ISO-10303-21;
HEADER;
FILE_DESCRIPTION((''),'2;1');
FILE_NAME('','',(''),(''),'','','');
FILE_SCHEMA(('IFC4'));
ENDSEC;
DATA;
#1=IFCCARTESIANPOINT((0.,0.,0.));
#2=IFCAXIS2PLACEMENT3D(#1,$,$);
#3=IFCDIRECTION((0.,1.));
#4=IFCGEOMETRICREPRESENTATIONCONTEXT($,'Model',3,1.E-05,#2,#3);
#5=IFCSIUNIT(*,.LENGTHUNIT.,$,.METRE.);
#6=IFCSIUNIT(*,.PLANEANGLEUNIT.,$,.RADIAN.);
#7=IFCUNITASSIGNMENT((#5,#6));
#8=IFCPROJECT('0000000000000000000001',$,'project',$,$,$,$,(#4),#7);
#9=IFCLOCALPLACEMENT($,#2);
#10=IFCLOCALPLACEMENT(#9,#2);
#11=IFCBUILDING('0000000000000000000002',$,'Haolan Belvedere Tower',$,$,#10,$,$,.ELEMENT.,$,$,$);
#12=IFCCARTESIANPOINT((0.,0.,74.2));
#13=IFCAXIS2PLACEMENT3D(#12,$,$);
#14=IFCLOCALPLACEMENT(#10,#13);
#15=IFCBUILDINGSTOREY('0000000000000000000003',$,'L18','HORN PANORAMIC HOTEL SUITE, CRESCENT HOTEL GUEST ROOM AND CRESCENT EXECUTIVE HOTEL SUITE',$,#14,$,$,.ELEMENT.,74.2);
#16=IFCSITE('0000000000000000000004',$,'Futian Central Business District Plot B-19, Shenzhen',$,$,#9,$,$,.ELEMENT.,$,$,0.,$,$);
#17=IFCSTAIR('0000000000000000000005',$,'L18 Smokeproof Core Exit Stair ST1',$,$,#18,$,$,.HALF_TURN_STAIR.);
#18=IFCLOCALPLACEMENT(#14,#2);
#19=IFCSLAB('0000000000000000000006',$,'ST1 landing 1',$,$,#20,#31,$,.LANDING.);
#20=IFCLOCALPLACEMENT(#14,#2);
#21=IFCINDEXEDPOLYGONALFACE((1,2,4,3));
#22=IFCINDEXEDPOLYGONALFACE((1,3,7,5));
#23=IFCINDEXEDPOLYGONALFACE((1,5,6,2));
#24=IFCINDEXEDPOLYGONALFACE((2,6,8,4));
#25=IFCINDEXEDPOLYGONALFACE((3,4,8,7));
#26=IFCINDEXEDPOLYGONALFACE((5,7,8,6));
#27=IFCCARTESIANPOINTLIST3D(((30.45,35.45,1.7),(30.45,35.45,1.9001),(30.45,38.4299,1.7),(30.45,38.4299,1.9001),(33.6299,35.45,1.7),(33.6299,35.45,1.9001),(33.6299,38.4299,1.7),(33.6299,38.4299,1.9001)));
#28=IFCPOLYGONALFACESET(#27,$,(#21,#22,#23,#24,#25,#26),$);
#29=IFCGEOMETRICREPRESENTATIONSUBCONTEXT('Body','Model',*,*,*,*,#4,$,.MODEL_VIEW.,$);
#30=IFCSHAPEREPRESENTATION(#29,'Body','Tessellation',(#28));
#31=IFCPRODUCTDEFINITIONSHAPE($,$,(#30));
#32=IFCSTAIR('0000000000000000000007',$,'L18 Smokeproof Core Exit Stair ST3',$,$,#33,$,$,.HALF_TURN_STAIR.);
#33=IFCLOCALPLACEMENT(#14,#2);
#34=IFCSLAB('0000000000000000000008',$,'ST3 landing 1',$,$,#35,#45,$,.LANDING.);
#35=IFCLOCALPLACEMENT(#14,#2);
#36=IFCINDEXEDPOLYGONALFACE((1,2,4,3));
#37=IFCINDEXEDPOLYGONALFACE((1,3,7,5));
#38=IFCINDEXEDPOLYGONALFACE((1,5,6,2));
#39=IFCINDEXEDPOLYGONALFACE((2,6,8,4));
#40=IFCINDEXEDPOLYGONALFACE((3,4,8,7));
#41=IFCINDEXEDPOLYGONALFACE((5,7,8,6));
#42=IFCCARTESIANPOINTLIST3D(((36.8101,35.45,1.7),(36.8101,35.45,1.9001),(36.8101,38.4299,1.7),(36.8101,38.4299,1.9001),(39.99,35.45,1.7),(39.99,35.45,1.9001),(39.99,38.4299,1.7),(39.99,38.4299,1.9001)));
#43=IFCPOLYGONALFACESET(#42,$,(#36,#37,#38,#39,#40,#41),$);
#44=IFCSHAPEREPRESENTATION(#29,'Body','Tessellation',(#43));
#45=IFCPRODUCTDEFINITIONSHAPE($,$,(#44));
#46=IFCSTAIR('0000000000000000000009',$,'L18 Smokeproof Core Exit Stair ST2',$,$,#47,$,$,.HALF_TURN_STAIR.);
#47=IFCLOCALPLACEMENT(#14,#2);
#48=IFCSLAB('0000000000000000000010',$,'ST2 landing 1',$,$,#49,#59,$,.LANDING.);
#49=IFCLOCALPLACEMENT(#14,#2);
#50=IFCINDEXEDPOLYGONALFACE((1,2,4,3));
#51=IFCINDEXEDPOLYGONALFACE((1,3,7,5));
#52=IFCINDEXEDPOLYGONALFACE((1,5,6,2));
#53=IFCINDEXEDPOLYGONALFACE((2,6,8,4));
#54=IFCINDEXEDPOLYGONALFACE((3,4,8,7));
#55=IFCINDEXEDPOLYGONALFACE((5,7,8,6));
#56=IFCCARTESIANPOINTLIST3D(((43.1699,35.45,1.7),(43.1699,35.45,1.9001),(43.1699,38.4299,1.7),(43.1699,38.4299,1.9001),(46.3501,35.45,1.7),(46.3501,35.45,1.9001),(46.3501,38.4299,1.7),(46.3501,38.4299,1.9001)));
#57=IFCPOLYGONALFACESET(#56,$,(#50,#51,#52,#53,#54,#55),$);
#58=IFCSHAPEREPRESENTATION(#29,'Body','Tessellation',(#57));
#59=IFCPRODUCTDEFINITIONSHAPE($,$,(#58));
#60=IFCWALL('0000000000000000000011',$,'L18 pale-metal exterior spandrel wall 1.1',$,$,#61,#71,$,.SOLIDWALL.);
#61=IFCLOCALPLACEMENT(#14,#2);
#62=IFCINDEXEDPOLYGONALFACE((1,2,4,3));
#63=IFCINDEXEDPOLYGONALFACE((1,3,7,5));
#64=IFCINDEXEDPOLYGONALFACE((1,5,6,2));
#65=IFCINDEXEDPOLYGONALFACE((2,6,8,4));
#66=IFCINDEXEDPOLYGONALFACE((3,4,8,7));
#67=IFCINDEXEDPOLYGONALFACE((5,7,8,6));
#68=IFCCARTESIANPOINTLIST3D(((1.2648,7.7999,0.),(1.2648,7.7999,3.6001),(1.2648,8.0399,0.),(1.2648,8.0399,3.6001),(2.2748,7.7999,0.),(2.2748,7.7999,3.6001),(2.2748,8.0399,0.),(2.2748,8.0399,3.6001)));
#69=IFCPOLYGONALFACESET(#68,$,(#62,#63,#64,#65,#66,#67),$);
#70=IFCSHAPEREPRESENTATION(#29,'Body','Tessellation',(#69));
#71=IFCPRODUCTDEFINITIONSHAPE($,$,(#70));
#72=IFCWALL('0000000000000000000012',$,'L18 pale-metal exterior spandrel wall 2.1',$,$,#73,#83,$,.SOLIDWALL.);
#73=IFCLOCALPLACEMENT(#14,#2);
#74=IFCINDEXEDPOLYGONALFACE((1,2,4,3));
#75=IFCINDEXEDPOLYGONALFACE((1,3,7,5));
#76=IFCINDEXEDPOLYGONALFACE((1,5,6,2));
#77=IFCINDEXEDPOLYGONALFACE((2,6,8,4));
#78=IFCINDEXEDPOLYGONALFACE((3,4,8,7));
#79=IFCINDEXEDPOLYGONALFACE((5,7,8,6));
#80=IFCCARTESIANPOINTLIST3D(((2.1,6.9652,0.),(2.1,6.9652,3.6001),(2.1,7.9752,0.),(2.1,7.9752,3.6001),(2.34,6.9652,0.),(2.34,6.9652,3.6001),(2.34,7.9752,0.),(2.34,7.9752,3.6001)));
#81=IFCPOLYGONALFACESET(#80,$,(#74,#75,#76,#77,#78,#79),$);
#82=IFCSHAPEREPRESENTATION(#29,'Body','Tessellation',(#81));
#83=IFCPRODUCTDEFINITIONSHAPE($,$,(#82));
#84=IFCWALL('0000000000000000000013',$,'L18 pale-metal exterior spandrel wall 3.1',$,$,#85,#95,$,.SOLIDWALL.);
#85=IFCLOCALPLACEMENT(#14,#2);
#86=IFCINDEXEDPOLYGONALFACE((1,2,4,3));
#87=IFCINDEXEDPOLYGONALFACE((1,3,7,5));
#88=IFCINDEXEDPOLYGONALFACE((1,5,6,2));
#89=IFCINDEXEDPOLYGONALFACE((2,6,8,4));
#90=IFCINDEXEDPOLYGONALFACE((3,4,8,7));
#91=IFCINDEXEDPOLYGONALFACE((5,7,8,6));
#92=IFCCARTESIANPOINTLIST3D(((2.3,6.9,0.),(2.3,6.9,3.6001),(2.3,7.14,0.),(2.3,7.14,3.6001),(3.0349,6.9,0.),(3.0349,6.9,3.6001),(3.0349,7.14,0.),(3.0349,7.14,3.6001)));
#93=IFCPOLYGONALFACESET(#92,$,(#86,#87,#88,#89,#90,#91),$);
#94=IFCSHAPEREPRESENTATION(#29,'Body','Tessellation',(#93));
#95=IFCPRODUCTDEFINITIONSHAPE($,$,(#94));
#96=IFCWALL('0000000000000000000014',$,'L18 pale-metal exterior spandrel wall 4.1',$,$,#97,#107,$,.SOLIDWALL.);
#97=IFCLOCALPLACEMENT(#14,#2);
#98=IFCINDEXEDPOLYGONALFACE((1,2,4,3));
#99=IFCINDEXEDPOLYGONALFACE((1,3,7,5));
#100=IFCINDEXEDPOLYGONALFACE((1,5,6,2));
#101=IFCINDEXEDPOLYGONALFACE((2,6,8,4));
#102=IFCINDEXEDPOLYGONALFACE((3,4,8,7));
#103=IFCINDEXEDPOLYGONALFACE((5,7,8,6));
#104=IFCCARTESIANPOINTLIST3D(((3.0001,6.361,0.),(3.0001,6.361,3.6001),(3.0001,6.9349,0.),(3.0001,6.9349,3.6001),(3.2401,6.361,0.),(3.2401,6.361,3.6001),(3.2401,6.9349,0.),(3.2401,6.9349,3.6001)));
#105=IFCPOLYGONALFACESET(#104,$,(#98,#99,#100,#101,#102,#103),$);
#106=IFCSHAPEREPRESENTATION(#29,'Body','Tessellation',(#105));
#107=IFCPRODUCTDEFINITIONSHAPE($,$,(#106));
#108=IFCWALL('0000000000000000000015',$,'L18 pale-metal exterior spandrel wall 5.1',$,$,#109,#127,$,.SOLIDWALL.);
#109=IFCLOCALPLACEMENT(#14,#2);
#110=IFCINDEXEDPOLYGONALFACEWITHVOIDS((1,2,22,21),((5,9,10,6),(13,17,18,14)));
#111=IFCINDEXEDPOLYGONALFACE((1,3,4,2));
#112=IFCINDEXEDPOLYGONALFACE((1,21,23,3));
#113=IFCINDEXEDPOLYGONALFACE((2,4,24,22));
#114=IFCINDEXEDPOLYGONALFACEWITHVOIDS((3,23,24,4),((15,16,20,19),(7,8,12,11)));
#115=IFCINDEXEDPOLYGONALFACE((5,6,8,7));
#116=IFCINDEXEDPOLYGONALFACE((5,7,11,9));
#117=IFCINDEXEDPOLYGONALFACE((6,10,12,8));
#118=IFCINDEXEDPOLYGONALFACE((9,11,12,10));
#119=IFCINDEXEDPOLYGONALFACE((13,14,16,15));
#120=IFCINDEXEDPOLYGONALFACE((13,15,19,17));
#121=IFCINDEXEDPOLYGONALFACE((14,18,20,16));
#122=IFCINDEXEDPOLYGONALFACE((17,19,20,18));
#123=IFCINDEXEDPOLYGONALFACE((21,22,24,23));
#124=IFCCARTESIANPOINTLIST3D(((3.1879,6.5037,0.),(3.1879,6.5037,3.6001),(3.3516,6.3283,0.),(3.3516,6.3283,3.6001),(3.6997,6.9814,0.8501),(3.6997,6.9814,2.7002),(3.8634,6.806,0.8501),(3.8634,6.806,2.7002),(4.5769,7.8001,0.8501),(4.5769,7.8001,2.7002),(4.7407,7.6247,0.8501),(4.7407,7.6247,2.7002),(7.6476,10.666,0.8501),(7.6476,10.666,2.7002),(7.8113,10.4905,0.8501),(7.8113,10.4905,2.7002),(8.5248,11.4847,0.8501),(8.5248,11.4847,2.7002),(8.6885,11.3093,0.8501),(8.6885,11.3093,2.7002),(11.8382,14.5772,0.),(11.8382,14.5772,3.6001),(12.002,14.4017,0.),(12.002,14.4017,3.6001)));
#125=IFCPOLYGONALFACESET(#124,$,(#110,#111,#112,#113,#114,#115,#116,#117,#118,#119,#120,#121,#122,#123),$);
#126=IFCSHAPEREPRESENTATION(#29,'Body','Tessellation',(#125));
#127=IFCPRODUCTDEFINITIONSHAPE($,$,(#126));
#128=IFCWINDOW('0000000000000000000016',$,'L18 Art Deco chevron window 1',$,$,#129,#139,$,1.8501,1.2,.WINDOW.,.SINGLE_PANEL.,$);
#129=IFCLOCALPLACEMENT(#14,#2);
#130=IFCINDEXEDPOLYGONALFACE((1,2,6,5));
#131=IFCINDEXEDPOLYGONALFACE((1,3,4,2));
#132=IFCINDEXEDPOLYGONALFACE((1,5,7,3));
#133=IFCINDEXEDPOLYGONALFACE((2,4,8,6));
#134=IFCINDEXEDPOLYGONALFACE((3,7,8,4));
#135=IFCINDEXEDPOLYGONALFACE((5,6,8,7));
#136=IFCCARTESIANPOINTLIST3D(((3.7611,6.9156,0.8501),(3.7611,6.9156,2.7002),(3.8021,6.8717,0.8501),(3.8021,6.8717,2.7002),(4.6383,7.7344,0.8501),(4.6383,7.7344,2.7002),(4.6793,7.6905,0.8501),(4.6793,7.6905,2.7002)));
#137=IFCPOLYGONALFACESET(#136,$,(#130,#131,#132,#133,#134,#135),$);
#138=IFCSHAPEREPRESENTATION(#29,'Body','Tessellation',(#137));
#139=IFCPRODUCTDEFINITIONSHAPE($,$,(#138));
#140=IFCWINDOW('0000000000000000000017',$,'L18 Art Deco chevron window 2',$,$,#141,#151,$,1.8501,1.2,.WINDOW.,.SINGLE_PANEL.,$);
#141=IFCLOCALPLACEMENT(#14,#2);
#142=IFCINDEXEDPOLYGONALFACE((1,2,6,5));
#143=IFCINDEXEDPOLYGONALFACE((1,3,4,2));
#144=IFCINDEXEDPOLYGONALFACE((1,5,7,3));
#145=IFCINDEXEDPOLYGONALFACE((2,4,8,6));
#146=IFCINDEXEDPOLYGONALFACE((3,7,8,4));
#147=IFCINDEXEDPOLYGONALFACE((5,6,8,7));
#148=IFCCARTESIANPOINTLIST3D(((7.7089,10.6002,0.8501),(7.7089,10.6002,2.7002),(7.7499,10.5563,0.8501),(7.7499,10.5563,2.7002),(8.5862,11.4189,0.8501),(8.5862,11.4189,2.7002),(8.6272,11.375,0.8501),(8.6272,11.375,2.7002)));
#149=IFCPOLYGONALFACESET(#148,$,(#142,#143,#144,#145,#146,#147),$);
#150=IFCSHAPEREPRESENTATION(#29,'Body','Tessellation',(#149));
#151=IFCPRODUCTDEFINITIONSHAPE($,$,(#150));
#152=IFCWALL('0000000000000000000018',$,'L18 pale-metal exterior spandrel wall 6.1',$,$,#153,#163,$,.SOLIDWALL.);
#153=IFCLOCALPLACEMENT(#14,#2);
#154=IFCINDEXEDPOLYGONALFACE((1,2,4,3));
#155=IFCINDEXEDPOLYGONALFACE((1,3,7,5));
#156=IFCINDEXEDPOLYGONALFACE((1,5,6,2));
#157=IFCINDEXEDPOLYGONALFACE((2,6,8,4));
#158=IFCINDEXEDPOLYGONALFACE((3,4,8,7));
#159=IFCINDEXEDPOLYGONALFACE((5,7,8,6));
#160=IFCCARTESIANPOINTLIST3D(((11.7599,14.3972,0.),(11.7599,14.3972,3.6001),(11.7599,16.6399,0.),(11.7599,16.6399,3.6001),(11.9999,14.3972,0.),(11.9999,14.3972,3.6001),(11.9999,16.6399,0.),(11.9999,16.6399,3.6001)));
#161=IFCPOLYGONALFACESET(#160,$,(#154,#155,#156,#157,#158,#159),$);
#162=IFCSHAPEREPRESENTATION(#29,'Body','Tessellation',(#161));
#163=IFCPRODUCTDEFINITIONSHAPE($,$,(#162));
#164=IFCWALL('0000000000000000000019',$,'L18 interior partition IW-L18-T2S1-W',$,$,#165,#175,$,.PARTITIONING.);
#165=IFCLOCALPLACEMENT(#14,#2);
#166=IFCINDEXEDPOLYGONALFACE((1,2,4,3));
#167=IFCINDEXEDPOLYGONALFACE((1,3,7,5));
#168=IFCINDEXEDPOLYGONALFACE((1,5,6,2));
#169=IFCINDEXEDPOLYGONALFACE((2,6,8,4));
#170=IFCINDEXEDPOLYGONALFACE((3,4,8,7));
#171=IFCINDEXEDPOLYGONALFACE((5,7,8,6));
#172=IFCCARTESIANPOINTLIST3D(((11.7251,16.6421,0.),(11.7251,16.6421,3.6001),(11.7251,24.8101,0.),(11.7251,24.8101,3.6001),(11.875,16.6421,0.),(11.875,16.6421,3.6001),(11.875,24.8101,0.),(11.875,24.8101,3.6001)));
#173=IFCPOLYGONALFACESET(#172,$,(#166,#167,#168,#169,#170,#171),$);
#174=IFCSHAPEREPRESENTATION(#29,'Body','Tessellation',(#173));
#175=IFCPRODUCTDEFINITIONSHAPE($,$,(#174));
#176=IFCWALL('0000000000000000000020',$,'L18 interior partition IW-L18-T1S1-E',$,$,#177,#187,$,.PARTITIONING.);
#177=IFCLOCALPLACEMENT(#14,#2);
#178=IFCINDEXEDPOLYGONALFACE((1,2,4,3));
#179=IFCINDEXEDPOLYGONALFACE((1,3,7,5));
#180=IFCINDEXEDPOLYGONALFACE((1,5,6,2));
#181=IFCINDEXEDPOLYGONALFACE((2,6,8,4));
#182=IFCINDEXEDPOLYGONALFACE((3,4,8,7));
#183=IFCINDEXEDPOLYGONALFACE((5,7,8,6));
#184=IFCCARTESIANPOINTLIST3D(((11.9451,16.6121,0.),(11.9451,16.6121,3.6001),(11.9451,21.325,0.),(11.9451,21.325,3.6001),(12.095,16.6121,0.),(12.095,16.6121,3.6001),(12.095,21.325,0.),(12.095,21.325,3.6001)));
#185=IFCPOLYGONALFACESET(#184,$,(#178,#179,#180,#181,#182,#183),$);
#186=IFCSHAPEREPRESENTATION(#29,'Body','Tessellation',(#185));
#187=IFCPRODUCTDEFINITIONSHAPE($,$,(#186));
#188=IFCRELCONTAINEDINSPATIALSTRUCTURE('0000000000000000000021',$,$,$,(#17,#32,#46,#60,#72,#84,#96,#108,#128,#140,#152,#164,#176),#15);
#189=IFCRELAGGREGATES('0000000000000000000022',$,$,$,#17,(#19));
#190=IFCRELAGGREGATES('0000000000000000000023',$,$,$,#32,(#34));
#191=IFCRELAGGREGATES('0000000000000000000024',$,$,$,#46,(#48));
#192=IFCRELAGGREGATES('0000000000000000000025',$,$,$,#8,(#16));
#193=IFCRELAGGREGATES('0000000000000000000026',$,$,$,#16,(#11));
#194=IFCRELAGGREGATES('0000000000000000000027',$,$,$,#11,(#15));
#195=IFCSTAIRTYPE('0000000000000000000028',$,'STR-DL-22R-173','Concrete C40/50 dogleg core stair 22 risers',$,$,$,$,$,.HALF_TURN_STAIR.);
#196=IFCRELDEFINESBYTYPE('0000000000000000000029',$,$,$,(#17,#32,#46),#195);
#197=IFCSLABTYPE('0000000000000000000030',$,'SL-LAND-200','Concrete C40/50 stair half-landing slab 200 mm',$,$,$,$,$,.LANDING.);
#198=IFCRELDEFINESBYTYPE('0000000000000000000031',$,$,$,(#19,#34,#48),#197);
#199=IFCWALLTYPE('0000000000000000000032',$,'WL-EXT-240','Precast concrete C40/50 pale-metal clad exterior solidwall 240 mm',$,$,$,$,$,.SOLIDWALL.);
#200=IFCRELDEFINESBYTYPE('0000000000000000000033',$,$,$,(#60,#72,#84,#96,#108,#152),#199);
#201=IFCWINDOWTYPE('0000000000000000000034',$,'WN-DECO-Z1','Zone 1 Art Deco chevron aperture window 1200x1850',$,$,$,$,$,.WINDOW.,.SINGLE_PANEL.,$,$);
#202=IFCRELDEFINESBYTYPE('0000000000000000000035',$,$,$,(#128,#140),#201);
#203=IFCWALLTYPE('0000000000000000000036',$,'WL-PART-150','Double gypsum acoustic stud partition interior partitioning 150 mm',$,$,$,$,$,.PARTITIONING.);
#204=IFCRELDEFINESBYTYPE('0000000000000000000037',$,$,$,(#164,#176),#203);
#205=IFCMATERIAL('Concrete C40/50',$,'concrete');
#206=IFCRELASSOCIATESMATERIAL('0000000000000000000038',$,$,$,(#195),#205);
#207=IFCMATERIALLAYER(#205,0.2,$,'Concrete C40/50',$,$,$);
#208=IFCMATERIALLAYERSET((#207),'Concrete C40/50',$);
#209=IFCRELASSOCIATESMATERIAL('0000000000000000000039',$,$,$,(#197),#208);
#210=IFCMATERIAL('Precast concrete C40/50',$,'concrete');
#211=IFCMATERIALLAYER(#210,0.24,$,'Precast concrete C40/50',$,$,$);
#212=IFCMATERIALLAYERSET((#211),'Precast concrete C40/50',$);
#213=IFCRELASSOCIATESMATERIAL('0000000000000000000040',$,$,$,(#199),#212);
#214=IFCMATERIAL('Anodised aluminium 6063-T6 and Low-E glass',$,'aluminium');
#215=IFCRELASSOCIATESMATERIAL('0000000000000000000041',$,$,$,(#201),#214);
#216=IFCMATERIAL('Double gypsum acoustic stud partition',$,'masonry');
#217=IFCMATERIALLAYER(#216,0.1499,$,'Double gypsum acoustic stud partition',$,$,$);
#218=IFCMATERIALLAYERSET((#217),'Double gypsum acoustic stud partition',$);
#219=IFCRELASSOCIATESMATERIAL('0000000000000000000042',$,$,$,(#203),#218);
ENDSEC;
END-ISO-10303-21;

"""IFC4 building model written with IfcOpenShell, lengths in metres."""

from ifc_helpers import new_model, si_unit, direction, frame, frame_2d, origin, place, context, subcontext, project, spatial, polyline, rectangle, outline, extrude, material, layer, layer_set, type_object, element, fill, aggregate, save


model = new_model("IFC4")

# Units and contexts
model_context = context("Model", 3, precision=1e-05, world=origin(), true_north=direction((0.0, 1.0)))
body_context = subcontext(model_context, "Body", "Model", "MODEL_VIEW")
ifc_project = project(units=[si_unit("LENGTHUNIT", "METRE"), si_unit("PLANEANGLEUNIT", "RADIAN")], contexts=[model_context])

# Site, building, storey
site_placement = place(None, origin())
site = spatial("IfcSite", under=ifc_project, at=site_placement, Name="Futian Central Business District Plot B-19, Shenzhen", CompositionType="ELEMENT", RefElevation=0.0)
building_placement = place(site_placement, origin())
building = spatial("IfcBuilding", under=site, at=building_placement, Name="Haolan Belvedere Tower", CompositionType="ELEMENT")
storey_placement = place(building_placement, frame((0.0, 0.0, 74.2)))
storey = spatial("IfcBuildingStorey", under=building, at=storey_placement, Name="L18", Description="HORN PANORAMIC HOTEL SUITE, CRESCENT HOTEL GUEST ROOM AND CRESCENT EXECUTIVE HOTEL SUITE", CompositionType="ELEMENT", Elevation=74.2)

# Shared definitions
ifc_material_1 = material(Name="Concrete C40/50", Category="concrete")

# Stairs, slabs
stair_type = type_object("IfcStairType", Name="STR-DL-22R-173", Description="Concrete C40/50 dogleg core stair 22 risers", PredefinedType="HALF_TURN_STAIR", material=ifc_material_1)
stair_1_placement = place(storey_placement, origin())
stair_1 = element("IfcStair", 1, at=stair_1_placement, inside=storey, type_object=stair_type, Name="L18 Smokeproof Core Exit Stair ST1", PredefinedType="HALF_TURN_STAIR")
ifc_layer_1 = layer(ifc_material_1, 0.2, Name="Concrete C40/50")
ifc_layer_set_1 = layer_set([ifc_layer_1], Name="Concrete C40/50")
slab_type_1 = type_object("IfcSlabType", Name="SL-LAND-200", Description="Concrete C40/50 stair half-landing slab 200 mm", PredefinedType="LANDING", material=ifc_layer_set_1)
slab_1_placement = place(storey_placement, frame((0.0, 0.0, 1.7)))
slab_1 = element("IfcSlab", 2, at=slab_1_placement, type_object=slab_type_1, Name="ST1 landing 1", PredefinedType="LANDING", context=body_context, shape_type="SweptSolid", body=[
    extrude(outline(polyline([(30.45, 38.4299), (30.45, 35.45), (33.6299, 35.45), (33.6299, 38.4299), (30.45, 38.4299)])), origin(), (0.0, 0.0, 1.0), 0.2002),
])
aggregate(stair_1, [slab_1])
stair_2_placement = place(storey_placement, origin())
stair_2 = element("IfcStair", 3, at=stair_2_placement, inside=storey, type_object=stair_type, Name="L18 Smokeproof Core Exit Stair ST3", PredefinedType="HALF_TURN_STAIR")
slab_2_placement = place(storey_placement, frame((0.0, 0.0, 1.7)))
slab_2 = element("IfcSlab", 4, at=slab_2_placement, type_object=slab_type_1, Name="ST3 landing 1", PredefinedType="LANDING", context=body_context, shape_type="SweptSolid", body=[
    extrude(outline(polyline([(36.8101, 38.4299), (36.8101, 35.45), (39.99, 35.45), (39.99, 38.4299), (36.8101, 38.4299)])), origin(), (0.0, 0.0, 1.0), 0.2002),
])
aggregate(stair_2, [slab_2])
stair_3_placement = place(storey_placement, origin())
stair_3 = element("IfcStair", 5, at=stair_3_placement, inside=storey, type_object=stair_type, Name="L18 Smokeproof Core Exit Stair ST2", PredefinedType="HALF_TURN_STAIR")
slab_3_placement = place(storey_placement, frame((0.0, 0.0, 1.7)))
slab_3 = element("IfcSlab", 6, at=slab_3_placement, type_object=slab_type_1, Name="ST2 landing 1", PredefinedType="LANDING", context=body_context, shape_type="SweptSolid", body=[
    extrude(outline(polyline([(43.1699, 38.4299), (43.1699, 35.45), (46.3501, 35.45), (46.3501, 38.4299), (43.1699, 38.4299)])), origin(), (0.0, 0.0, 1.0), 0.2002),
])
aggregate(stair_3, [slab_3])

# Walls
ifc_material_2 = material(Name="Precast concrete C40/50", Category="concrete")
ifc_layer_2 = layer(ifc_material_2, 0.24, Name="Precast concrete C40/50")
ifc_layer_set_2 = layer_set([ifc_layer_2], Name="Precast concrete C40/50")
wall_type_1 = type_object("IfcWallType", Name="WL-EXT-240", Description="Precast concrete C40/50 pale-metal clad exterior solidwall 240 mm", PredefinedType="SOLIDWALL", material=ifc_layer_set_2)
for number, where, z_axis, x_axis, name in (
    (7, (1.2649, 7.9199, 0.0), (0.0, 0.0, 1.0), (1.0, 0.0, 0.0), "L18 pale-metal exterior spandrel wall 1.1"),
    (8, (2.22, 7.9751, 0.0), (0.0, 0.0, 1.0), (0.0, -1.0, 0.0), "L18 pale-metal exterior spandrel wall 2.1"),
):
    element("IfcWall", number, at=place(storey_placement, frame(where, z_axis=z_axis, x_axis=x_axis)), inside=storey, type_object=wall_type_1, Name=name, PredefinedType="SOLIDWALL", context=body_context, shape_type="SweptSolid", body=[
        extrude(rectangle(XDim=1.01, YDim=0.24, at=frame_2d((0.5049, 0.0))), origin(), (0.0, 0.0, 1.0), 3.6001),
    ])
wall_1_placement = place(storey_placement, frame((2.3, 7.02, 0.0), z_axis=(0.0, 0.0, 1.0), x_axis=(1.0, 0.0, 0.0)))
element("IfcWall", 9, at=wall_1_placement, inside=storey, type_object=wall_type_1, Name="L18 pale-metal exterior spandrel wall 3.1", PredefinedType="SOLIDWALL", context=body_context, shape_type="SweptSolid", body=[
    extrude(rectangle(XDim=0.7349, YDim=0.24, at=frame_2d((0.3674, 0.0))), origin(), (0.0, 0.0, 1.0), 3.6001),
])
wall_2_placement = place(storey_placement, frame((3.1201, 6.9351, 0.0), z_axis=(0.0, 0.0, 1.0), x_axis=(0.0, -1.0, 0.0)))
element("IfcWall", 10, at=wall_2_placement, inside=storey, type_object=wall_type_1, Name="L18 pale-metal exterior spandrel wall 4.1", PredefinedType="SOLIDWALL", context=body_context, shape_type="SweptSolid", body=[
    extrude(rectangle(XDim=0.574, YDim=0.24, at=frame_2d((0.2871, 0.0))), origin(), (0.0, 0.0, 1.0), 3.6001),
])

# Wall, openings, windows
wall_3_placement = place(storey_placement, frame((3.2698, 6.416, 0.0), z_axis=(0.0, 0.0, 1.0), x_axis=(0.731064, 0.682309, 0.0)))
wall_3 = element("IfcWall", 11, at=wall_3_placement, inside=storey, type_object=wall_type_1, Name="L18 pale-metal exterior spandrel wall 5.1", PredefinedType="SOLIDWALL", context=body_context, shape_type="SweptSolid", body=[
    extrude(rectangle(XDim=11.8325, YDim=0.24, at=frame_2d((5.9163, 0.0))), origin(), (0.0, 0.0, 1.0), 3.6001),
])
opening_1_placement = place(wall_3_placement, frame((0.7, 0.0, 0.8501)))
opening_1 = element("IfcOpeningElement", 12, at=opening_1_placement, cuts=wall_3, PredefinedType="OPENING", context=body_context, shape_type="SweptSolid", body=[
    extrude(rectangle(XDim=1.2, YDim=1.8501, at=frame_2d((0.6001, 0.925))), frame((0.0, 0.1299, 0.0), z_axis=(0.0, -1.0, 0.0), x_axis=(1.0, 0.0, 0.0)), (0.0, 0.0, 1.0), 0.26),
])
opening_2_placement = place(wall_3_placement, frame((6.1001, 0.0, 0.8501)))
opening_2 = element("IfcOpeningElement", 13, at=opening_2_placement, cuts=wall_3, PredefinedType="OPENING", context=body_context, shape_type="SweptSolid", body=[
    extrude(rectangle(XDim=1.2, YDim=1.8501, at=frame_2d((0.6001, 0.925))), frame((0.0, 0.1299, 0.0), z_axis=(0.0, -1.0, 0.0), x_axis=(1.0, 0.0, 0.0)), (0.0, 0.0, 1.0), 0.26),
])
ifc_material_3 = material(Name="Anodised aluminium 6063-T6 and Low-E glass", Category="aluminium")
window_type = type_object("IfcWindowType", Name="WN-DECO-Z1", Description="Zone 1 Art Deco chevron aperture window 1200x1850", PartitioningType="SINGLE_PANEL", PredefinedType="WINDOW", material=ifc_material_3)
window_1_placement = place(opening_1_placement, origin())
window_1 = element("IfcWindow", 14, at=window_1_placement, inside=storey, type_object=window_type, Name="L18 Art Deco chevron window 1", OverallHeight=1.8501, OverallWidth=1.2, PartitioningType="SINGLE_PANEL", PredefinedType="WINDOW", context=body_context, shape_type="SweptSolid", body=[
    extrude(rectangle(XDim=1.2, YDim=1.8501, at=frame_2d((0.6001, 0.925))), frame((0.0, 0.03, 0.0), z_axis=(0.0, -1.0, 0.0), x_axis=(1.0, 0.0, 0.0)), (0.0, 0.0, 1.0), 0.0601),
])
fill(opening_1, window_1)
window_2_placement = place(opening_2_placement, origin())
window_2 = element("IfcWindow", 15, at=window_2_placement, inside=storey, type_object=window_type, Name="L18 Art Deco chevron window 2", OverallHeight=1.8501, OverallWidth=1.2, PartitioningType="SINGLE_PANEL", PredefinedType="WINDOW", context=body_context, shape_type="SweptSolid", body=[
    extrude(rectangle(XDim=1.2, YDim=1.8501, at=frame_2d((0.6001, 0.925))), frame((0.0, 0.03, 0.0), z_axis=(0.0, -1.0, 0.0), x_axis=(1.0, 0.0, 0.0)), (0.0, 0.0, 1.0), 0.0601),
])
fill(opening_2, window_2)

# Walls
wall_4_placement = place(storey_placement, frame((11.8799, 14.3972, 0.0), z_axis=(0.0, 0.0, 1.0), x_axis=(0.0, 1.0, 0.0)))
element("IfcWall", 16, at=wall_4_placement, inside=storey, type_object=wall_type_1, Name="L18 pale-metal exterior spandrel wall 6.1", PredefinedType="SOLIDWALL", context=body_context, shape_type="SweptSolid", body=[
    extrude(rectangle(XDim=2.2427, YDim=0.24, at=frame_2d((1.1213, 0.0))), origin(), (0.0, 0.0, 1.0), 3.6001),
])
ifc_material_4 = material(Name="Double gypsum acoustic stud partition", Category="masonry")
ifc_layer_3 = layer(ifc_material_4, 0.1499, Name="Double gypsum acoustic stud partition")
ifc_layer_set_3 = layer_set([ifc_layer_3], Name="Double gypsum acoustic stud partition")
wall_type_2 = type_object("IfcWallType", Name="WL-PART-150", Description="Double gypsum acoustic stud partition interior partitioning 150 mm", PredefinedType="PARTITIONING", material=ifc_layer_set_3)
wall_5_placement = place(storey_placement, frame((11.8, 16.6421, 0.0), z_axis=(0.0, 0.0, 1.0), x_axis=(0.0, 1.0, 0.0)))
element("IfcWall", 17, at=wall_5_placement, inside=storey, type_object=wall_type_2, Name="L18 interior partition IW-L18-T2S1-W", PredefinedType="PARTITIONING", context=body_context, shape_type="SweptSolid", body=[
    extrude(rectangle(XDim=8.168, YDim=0.1499, at=frame_2d((4.084, 0.0))), origin(), (0.0, 0.0, 1.0), 3.6001),
])
wall_6_placement = place(storey_placement, frame((12.02, 16.6121, 0.0), z_axis=(0.0, 0.0, 1.0), x_axis=(0.0, 1.0, 0.0)))
element("IfcWall", 18, at=wall_6_placement, inside=storey, type_object=wall_type_2, Name="L18 interior partition IW-L18-T1S1-E", PredefinedType="PARTITIONING", context=body_context, shape_type="SweptSolid", body=[
    extrude(rectangle(XDim=4.7129, YDim=0.1499, at=frame_2d((2.3564, 0.0))), origin(), (0.0, 0.0, 1.0), 3.6001),
])

save(model, "model.ifc")
